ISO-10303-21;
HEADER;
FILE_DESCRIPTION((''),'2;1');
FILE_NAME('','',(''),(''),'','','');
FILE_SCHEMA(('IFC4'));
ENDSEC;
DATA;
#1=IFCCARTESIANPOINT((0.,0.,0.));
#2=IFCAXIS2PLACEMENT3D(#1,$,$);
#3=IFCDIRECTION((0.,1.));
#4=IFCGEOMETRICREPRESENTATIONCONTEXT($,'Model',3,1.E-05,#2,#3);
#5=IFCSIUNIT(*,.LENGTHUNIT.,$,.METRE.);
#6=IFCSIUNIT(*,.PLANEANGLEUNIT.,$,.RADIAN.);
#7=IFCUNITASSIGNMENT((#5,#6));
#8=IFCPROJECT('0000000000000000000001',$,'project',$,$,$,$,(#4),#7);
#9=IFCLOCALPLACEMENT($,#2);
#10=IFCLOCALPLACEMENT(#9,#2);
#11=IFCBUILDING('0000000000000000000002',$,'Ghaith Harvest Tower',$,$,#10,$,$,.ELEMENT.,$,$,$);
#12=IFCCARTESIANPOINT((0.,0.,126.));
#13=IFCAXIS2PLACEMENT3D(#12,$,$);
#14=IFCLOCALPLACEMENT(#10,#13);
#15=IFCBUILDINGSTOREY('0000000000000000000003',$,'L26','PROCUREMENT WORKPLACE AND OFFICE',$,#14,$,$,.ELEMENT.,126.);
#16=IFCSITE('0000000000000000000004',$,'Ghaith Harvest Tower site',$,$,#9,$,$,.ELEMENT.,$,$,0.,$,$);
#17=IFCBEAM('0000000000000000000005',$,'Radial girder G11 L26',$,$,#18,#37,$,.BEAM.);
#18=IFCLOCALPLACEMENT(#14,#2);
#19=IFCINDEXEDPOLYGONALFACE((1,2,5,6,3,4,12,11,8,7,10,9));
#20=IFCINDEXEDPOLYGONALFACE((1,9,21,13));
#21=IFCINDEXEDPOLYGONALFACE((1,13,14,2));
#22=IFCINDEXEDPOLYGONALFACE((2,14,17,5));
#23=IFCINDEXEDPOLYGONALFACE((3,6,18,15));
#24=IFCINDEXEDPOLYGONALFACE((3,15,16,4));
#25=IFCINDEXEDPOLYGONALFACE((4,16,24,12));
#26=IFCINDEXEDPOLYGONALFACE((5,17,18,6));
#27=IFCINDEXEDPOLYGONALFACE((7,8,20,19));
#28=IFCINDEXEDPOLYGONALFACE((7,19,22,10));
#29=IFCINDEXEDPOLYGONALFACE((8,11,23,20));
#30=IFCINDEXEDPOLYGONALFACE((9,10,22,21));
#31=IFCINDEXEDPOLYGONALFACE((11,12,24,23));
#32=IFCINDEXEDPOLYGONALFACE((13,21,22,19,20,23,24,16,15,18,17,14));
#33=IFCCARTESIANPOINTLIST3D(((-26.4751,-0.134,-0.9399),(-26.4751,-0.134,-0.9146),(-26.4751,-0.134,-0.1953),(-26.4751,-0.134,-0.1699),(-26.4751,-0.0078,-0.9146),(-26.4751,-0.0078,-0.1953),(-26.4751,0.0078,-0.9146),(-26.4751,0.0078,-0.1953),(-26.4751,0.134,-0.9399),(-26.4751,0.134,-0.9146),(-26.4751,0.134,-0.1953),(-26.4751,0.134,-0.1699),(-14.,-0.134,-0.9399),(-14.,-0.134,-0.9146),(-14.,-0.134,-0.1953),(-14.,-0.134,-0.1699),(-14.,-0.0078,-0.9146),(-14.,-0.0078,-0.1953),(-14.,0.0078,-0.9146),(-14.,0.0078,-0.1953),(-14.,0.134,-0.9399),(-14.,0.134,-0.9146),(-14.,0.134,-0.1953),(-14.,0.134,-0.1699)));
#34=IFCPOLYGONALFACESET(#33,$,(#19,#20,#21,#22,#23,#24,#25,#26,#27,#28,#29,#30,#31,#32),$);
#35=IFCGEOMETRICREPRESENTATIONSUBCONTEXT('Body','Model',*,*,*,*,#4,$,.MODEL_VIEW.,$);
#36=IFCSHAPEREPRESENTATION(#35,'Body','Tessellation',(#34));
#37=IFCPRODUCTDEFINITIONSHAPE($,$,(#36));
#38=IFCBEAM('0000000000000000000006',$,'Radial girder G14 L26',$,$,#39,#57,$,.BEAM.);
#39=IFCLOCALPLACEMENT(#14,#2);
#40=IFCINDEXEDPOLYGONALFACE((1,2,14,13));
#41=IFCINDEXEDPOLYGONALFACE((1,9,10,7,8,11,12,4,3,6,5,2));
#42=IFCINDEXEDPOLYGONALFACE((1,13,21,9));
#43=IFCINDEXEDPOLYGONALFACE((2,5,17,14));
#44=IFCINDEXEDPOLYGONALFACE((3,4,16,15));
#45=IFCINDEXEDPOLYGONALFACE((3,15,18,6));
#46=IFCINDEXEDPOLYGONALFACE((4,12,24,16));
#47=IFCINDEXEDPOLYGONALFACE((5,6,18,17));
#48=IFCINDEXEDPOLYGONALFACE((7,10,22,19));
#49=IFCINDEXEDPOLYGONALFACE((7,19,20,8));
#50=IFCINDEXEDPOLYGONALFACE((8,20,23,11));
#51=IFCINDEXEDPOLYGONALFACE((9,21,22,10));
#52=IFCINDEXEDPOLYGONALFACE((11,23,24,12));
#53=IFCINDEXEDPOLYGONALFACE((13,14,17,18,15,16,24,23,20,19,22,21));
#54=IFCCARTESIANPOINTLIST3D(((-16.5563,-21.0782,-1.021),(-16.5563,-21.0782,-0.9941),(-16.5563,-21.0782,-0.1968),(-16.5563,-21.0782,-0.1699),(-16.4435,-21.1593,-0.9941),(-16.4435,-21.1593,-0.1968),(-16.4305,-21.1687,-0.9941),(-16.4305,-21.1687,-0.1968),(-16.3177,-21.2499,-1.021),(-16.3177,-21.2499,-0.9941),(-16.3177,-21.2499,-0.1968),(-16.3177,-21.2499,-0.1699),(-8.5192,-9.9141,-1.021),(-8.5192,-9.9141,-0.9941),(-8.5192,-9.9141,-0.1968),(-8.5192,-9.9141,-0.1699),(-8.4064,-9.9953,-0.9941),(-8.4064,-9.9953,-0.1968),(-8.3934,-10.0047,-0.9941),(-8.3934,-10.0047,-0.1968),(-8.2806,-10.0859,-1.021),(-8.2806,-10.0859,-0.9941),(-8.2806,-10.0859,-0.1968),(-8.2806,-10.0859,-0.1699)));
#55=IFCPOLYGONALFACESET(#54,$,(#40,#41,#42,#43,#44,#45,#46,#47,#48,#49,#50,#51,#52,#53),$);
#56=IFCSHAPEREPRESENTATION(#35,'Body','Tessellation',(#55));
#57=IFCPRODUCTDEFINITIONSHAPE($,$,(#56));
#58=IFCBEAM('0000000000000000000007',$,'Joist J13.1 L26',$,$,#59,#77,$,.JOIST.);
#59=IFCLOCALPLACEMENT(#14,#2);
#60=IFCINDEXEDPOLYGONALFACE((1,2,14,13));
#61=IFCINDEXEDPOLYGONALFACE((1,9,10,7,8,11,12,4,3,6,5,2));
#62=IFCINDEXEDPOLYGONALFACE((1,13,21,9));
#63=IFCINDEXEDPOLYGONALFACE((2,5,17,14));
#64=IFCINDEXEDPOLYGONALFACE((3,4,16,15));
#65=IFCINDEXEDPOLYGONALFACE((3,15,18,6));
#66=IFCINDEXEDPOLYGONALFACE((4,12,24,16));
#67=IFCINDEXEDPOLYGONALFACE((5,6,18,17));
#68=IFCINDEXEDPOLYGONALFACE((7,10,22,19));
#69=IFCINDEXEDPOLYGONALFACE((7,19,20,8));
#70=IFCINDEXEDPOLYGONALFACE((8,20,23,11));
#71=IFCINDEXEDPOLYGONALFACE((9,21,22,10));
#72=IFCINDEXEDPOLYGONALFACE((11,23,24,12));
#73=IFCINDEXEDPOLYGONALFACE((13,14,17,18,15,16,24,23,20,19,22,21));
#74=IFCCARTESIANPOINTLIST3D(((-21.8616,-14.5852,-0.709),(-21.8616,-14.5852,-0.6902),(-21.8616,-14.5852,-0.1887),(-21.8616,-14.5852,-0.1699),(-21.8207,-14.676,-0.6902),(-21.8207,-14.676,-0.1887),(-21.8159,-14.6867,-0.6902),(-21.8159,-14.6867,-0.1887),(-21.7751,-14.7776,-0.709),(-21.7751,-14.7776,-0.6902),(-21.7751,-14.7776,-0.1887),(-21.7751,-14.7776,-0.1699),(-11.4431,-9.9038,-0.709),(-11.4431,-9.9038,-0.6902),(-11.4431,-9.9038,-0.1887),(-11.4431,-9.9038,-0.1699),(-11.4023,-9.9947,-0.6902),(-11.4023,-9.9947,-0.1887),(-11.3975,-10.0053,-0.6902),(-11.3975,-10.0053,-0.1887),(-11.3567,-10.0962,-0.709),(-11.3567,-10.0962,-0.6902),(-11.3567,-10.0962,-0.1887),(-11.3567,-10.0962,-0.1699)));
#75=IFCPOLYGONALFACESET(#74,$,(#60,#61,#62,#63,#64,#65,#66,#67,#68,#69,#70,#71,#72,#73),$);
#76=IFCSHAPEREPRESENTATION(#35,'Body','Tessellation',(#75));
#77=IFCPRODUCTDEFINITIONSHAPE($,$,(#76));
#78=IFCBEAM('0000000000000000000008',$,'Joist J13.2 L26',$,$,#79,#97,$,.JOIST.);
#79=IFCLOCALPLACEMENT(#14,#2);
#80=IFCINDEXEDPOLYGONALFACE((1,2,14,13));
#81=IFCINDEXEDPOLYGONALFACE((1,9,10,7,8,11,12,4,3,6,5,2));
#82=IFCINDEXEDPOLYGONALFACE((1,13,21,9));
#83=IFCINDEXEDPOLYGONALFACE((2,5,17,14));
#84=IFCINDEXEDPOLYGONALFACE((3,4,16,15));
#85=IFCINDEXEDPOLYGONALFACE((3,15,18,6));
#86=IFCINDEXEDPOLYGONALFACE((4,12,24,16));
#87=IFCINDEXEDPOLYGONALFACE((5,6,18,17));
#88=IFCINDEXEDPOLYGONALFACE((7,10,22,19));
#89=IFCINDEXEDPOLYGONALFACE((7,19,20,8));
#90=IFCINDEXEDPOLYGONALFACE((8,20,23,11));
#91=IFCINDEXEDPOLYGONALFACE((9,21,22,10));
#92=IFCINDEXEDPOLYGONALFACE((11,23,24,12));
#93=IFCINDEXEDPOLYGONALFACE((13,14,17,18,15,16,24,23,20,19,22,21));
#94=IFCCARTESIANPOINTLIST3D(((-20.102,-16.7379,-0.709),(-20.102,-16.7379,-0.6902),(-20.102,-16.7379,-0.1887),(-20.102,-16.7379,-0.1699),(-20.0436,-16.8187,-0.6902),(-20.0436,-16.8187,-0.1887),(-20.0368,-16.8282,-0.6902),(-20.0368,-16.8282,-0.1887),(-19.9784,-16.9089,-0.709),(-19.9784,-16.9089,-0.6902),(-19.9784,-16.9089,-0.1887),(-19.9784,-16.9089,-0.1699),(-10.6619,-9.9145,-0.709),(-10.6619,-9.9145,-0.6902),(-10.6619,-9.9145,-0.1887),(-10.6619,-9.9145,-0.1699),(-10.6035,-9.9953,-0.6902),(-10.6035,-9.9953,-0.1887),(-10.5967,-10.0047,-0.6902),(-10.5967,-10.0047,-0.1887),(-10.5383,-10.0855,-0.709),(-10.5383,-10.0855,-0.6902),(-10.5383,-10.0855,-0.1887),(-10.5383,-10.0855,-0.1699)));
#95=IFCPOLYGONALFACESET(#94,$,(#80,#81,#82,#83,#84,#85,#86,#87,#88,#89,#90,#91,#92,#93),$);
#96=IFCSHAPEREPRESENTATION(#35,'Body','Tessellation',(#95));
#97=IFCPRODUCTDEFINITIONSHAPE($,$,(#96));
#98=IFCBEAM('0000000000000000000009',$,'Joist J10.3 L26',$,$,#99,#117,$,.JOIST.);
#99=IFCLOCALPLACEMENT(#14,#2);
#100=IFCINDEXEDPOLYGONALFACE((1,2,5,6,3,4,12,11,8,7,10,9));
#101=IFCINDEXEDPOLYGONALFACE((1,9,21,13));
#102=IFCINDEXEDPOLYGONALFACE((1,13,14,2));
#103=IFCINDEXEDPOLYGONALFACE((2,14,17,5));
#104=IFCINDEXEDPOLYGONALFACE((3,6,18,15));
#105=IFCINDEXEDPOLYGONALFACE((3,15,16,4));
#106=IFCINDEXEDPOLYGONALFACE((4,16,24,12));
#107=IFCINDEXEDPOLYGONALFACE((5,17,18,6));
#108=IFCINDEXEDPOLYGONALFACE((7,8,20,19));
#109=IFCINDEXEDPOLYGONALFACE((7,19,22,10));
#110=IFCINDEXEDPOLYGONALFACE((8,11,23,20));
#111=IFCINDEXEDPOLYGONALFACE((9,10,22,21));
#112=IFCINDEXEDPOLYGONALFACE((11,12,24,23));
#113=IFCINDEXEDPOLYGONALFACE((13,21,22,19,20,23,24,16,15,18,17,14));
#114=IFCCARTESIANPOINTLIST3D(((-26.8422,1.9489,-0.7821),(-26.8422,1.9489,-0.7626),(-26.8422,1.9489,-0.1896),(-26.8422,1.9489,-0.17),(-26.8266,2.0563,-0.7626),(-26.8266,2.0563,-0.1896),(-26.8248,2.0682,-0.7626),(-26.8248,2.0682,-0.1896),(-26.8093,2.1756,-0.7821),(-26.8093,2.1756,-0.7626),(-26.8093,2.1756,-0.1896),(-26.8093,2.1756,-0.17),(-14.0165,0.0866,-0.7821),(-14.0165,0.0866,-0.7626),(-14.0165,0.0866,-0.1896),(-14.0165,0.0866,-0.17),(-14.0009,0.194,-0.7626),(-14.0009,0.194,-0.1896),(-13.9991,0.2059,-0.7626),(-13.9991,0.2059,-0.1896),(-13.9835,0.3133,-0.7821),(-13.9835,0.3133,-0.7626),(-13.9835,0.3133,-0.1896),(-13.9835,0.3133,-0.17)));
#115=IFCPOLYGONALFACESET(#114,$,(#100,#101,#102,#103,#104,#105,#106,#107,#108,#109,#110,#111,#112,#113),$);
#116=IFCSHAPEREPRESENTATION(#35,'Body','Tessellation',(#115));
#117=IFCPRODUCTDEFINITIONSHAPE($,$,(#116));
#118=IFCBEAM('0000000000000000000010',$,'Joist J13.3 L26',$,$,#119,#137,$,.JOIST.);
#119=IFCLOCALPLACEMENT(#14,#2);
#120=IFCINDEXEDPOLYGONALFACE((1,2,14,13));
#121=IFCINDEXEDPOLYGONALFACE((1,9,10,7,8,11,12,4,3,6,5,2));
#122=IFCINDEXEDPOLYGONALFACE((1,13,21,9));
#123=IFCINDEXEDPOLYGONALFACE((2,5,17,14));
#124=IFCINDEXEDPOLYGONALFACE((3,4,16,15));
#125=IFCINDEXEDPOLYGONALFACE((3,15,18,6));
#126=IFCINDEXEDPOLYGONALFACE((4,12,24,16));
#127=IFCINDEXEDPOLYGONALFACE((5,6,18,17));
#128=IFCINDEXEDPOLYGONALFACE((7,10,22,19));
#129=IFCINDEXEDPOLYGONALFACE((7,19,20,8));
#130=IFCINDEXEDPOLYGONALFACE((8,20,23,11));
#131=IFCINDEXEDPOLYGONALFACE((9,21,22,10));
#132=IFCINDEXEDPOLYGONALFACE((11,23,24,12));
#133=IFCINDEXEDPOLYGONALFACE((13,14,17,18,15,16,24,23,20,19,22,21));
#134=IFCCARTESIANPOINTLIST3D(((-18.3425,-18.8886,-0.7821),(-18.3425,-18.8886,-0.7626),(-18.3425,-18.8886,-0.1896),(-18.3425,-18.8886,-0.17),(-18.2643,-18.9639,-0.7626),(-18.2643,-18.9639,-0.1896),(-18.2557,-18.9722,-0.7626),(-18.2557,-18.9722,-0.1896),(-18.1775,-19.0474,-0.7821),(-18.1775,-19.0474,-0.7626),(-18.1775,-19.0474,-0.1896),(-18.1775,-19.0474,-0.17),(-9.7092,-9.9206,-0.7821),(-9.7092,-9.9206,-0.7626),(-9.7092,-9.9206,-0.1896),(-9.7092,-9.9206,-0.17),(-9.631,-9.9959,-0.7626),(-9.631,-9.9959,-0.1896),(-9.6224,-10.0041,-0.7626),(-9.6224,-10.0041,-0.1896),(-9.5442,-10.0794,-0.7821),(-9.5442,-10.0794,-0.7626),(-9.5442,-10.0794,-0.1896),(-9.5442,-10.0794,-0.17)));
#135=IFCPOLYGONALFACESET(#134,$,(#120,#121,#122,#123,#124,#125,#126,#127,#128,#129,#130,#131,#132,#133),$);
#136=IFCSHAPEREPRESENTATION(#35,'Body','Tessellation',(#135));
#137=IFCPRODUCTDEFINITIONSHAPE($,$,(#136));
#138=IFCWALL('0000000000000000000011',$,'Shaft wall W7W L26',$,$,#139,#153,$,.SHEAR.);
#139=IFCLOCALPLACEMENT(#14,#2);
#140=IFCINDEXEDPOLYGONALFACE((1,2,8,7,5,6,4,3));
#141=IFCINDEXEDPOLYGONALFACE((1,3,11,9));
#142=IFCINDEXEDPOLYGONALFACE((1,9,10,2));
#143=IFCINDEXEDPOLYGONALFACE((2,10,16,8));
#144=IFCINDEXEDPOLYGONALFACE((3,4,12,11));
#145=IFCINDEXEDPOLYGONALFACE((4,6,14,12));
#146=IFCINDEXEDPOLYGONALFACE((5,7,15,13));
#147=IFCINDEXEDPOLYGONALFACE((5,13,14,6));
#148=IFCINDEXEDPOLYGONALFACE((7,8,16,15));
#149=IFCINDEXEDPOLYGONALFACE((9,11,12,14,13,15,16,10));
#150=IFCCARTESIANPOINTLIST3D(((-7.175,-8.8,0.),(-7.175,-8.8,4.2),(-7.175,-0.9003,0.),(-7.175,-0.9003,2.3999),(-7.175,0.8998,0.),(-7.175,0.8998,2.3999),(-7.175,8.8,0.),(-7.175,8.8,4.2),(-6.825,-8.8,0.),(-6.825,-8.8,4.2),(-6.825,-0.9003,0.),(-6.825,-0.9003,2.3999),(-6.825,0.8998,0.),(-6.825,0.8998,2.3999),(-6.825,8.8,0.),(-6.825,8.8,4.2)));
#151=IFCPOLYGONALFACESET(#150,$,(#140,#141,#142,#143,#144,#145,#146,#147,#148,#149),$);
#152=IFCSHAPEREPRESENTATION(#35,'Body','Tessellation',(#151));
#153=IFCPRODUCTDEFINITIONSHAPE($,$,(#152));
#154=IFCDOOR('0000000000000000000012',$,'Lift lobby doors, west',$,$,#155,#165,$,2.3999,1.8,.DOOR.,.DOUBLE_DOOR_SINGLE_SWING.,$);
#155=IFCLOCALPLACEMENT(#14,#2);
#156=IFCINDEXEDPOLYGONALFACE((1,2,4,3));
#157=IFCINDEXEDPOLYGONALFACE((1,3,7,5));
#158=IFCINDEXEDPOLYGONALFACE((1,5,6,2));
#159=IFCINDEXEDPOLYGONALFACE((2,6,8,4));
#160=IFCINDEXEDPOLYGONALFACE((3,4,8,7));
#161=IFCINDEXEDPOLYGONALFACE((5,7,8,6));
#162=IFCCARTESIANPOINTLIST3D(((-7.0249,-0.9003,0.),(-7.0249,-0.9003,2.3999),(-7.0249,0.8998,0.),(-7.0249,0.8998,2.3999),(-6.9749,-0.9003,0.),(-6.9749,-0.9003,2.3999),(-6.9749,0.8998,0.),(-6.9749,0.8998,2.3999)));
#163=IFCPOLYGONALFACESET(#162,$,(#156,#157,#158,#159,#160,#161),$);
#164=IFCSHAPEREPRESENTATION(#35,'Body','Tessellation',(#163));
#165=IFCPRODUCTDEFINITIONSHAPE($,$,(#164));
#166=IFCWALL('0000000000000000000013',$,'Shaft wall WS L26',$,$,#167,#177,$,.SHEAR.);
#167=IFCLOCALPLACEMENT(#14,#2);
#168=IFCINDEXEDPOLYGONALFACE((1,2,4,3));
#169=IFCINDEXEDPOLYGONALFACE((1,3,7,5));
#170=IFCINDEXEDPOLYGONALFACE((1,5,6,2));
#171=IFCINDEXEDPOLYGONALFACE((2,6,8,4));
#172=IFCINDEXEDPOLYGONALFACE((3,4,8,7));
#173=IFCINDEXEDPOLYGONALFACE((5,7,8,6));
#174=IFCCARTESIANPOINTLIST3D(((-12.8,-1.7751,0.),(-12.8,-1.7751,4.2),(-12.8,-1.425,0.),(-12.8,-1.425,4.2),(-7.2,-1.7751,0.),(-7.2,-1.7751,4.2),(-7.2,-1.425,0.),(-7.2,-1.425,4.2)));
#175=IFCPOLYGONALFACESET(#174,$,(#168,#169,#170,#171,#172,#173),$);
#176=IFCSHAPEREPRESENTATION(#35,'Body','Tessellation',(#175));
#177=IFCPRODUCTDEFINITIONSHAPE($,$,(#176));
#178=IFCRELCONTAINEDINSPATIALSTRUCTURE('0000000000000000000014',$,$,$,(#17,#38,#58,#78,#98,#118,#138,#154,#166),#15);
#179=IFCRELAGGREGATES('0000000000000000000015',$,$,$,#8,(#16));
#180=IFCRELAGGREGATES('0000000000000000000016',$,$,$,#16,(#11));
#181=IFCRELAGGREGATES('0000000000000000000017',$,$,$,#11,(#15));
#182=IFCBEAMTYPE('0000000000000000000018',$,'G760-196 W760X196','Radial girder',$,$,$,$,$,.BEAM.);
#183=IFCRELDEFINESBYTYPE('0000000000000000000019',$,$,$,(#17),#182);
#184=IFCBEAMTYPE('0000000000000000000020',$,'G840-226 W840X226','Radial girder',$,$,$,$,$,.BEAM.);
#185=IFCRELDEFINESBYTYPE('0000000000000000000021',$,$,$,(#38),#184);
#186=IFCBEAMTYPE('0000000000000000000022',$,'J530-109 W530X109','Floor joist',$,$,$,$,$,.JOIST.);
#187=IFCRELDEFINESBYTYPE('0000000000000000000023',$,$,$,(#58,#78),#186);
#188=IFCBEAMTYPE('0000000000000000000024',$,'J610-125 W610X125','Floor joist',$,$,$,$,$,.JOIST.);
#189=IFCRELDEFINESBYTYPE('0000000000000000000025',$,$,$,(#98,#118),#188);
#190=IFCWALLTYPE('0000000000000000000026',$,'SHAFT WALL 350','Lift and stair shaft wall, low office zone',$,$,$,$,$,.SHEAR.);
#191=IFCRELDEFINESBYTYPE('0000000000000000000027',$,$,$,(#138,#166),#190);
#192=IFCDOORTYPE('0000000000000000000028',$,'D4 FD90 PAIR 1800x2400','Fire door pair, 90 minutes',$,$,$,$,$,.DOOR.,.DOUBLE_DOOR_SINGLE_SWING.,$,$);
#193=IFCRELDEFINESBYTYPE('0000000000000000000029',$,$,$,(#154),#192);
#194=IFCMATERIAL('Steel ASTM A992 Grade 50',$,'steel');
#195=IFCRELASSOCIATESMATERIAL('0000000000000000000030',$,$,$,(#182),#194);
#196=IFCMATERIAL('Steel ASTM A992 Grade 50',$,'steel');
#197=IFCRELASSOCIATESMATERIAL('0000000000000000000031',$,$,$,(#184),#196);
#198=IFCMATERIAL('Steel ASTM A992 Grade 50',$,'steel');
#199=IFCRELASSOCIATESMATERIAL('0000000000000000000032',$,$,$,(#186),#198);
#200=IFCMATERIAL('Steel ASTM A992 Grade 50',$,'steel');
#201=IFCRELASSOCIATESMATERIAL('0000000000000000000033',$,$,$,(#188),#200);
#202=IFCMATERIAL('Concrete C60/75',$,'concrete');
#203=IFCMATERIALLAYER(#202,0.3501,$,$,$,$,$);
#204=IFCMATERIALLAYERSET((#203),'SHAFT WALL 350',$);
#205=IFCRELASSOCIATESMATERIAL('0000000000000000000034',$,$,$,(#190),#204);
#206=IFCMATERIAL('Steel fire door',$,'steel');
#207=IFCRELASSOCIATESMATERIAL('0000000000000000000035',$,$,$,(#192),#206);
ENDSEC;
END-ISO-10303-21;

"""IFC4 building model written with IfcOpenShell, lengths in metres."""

from ifc_helpers import new_model, si_unit, direction, frame, frame_2d, origin, origin_2d, place, context, subcontext, project, spatial, rectangle, i_section, extrude, material, layer, layer_set, material_profile, profile_set, type_object, element, fill, save


model = new_model("IFC4")

# Units and contexts
model_context = context("Model", 3, precision=1e-05, world=origin(), true_north=direction((0.0, 1.0)))
body_context = subcontext(model_context, "Body", "Model", "MODEL_VIEW")
ifc_project = project(units=[si_unit("LENGTHUNIT", "METRE"), si_unit("PLANEANGLEUNIT", "RADIAN")], contexts=[model_context])

# Site, building, storey
site_placement = place(None, origin())
site = spatial("IfcSite", under=ifc_project, at=site_placement, Name="Ghaith Harvest Tower site", CompositionType="ELEMENT", RefElevation=0.0)
building_placement = place(site_placement, origin())
building = spatial("IfcBuilding", under=site, at=building_placement, Name="Ghaith Harvest Tower", CompositionType="ELEMENT")
storey_placement = place(building_placement, frame((0.0, 0.0, 126.0)))
storey = spatial("IfcBuildingStorey", under=building, at=storey_placement, Name="L26", Description="PROCUREMENT WORKPLACE AND OFFICE", CompositionType="ELEMENT", Elevation=126.0)

# Beams
ifc_material_1 = material(Name="Steel ASTM A992 Grade 50", Category="steel")
ifc_material_profile_1 = material_profile(ifc_material_1, i_section(OverallWidth=0.2681, OverallDepth=0.77, WebThickness=0.0156, FlangeThickness=0.0254, at=origin_2d()), Name="W760X196")
ifc_profile_set_1 = profile_set([ifc_material_profile_1], Name="Steel ASTM A992 Grade 50")
beam_type_1 = type_object("IfcBeamType", Name="G760-196 W760X196", Description="Radial girder", PredefinedType="BEAM", material=ifc_profile_set_1)
beam_1_placement = place(storey_placement, frame((-14.0, 0.0, -0.5549), z_axis=(-1.0, 0.0, 0.0), x_axis=(0.0, -1.0, 0.0)))
element("IfcBeam", 1, at=beam_1_placement, inside=storey, type_object=beam_type_1, Name="Radial girder G11 L26", PredefinedType="BEAM", context=body_context, shape_type="SweptSolid", body=[
    extrude(i_section(OverallWidth=0.2681, OverallDepth=0.77, WebThickness=0.0156, FlangeThickness=0.0254, at=origin_2d()), origin(), (0.0, 0.0, 1.0), 12.4751),
])
ifc_material_2 = material(Name="Steel ASTM A992 Grade 50", Category="steel")
ifc_material_profile_2 = material_profile(ifc_material_2, i_section(OverallWidth=0.2939, OverallDepth=0.8511, WebThickness=0.0161, FlangeThickness=0.0269, at=origin_2d()), Name="W840X226")
ifc_profile_set_2 = profile_set([ifc_material_profile_2], Name="Steel ASTM A992 Grade 50")
beam_type_2 = type_object("IfcBeamType", Name="G840-226 W840X226", Description="Radial girder", PredefinedType="BEAM", material=ifc_profile_set_2)
beam_2_placement = place(storey_placement, frame((-8.3999, -10.0, -0.5955), z_axis=(-0.584256, -0.811569, 0.0), x_axis=(0.811569, -0.584256, 0.0)))
element("IfcBeam", 2, at=beam_2_placement, inside=storey, type_object=beam_type_2, Name="Radial girder G14 L26", PredefinedType="BEAM", context=body_context, shape_type="SweptSolid", body=[
    extrude(i_section(OverallWidth=0.2939, OverallDepth=0.8511, WebThickness=0.0161, FlangeThickness=0.0269, at=origin_2d()), origin(), (0.0, 0.0, 1.0), 13.7561),
])
ifc_material_3 = material(Name="Steel ASTM A992 Grade 50", Category="steel")
ifc_material_profile_3 = material_profile(ifc_material_3, i_section(OverallWidth=0.2109, OverallDepth=0.5391, WebThickness=0.0117, FlangeThickness=0.0188, at=origin_2d()), Name="W530X109")
ifc_profile_set_3 = profile_set([ifc_material_profile_3], Name="Steel ASTM A992 Grade 50")
beam_type_3 = type_object("IfcBeamType", Name="J530-109 W530X109", Description="Floor joist", PredefinedType="JOIST", material=ifc_profile_set_3)
beam_3_placement = place(storey_placement, frame((-11.3999, -10.0, -0.4395), z_axis=(-0.912148, -0.409862, 0.0), x_axis=(0.409862, -0.912148, 0.0)))
element("IfcBeam", 3, at=beam_3_placement, inside=storey, type_object=beam_type_3, Name="Joist J13.1 L26", PredefinedType="JOIST", context=body_context, shape_type="SweptSolid", body=[
    extrude(i_section(OverallWidth=0.2109, OverallDepth=0.5391, WebThickness=0.0117, FlangeThickness=0.0188, at=origin_2d()), origin(), (0.0, 0.0, 1.0), 11.4219),
])
beam_4_placement = place(storey_placement, frame((-10.6001, -10.0, -0.4395), z_axis=(-0.810452, -0.585805, 0.0), x_axis=(0.585805, -0.810452, 0.0)))
element("IfcBeam", 4, at=beam_4_placement, inside=storey, type_object=beam_type_3, Name="Joist J13.2 L26", PredefinedType="JOIST", context=body_context, shape_type="SweptSolid", body=[
    extrude(i_section(OverallWidth=0.2109, OverallDepth=0.5391, WebThickness=0.0117, FlangeThickness=0.0188, at=origin_2d()), origin(), (0.0, 0.0, 1.0), 11.6479),
])
ifc_material_4 = material(Name="Steel ASTM A992 Grade 50", Category="steel")
ifc_material_profile_4 = material_profile(ifc_material_4, i_section(OverallWidth=0.229, OverallDepth=0.6121, WebThickness=0.012, FlangeThickness=0.0195, at=origin_2d()), Name="W610X125")
ifc_profile_set_4 = profile_set([ifc_material_profile_4], Name="Steel ASTM A992 Grade 50")
beam_type_4 = type_object("IfcBeamType", Name="J610-125 W610X125", Description="Floor joist", PredefinedType="JOIST", material=ifc_profile_set_4)
beam_5_placement = place(storey_placement, frame((-14.0, 0.2, -0.4761), z_axis=(-0.989622, 0.143694, 0.0), x_axis=(-0.143694, -0.989622, 0.0)))
element("IfcBeam", 5, at=beam_5_placement, inside=storey, type_object=beam_type_4, Name="Joist J10.3 L26", PredefinedType="JOIST", context=body_context, shape_type="SweptSolid", body=[
    extrude(i_section(OverallWidth=0.229, OverallDepth=0.6121, WebThickness=0.012, FlangeThickness=0.0195, at=origin_2d()), origin(), (0.0, 0.0, 1.0), 12.9602),
])
beam_6_placement = place(storey_placement, frame((-9.6267, -10.0, -0.4761), z_axis=(-0.693535, -0.720423, 0.0), x_axis=(0.720423, -0.693535, 0.0)))
element("IfcBeam", 6, at=beam_6_placement, inside=storey, type_object=beam_type_4, Name="Joist J13.3 L26", PredefinedType="JOIST", context=body_context, shape_type="SweptSolid", body=[
    extrude(i_section(OverallWidth=0.229, OverallDepth=0.6121, WebThickness=0.012, FlangeThickness=0.0195, at=origin_2d()), origin(), (0.0, 0.0, 1.0), 12.4482),
])

# Wall, opening, door
ifc_material_5 = material(Name="Concrete C60/75", Category="concrete")
ifc_layer_1 = layer(ifc_material_5, 0.3501)
ifc_layer_set_1 = layer_set([ifc_layer_1], Name="SHAFT WALL 350")
wall_type_1 = type_object("IfcWallType", Name="SHAFT WALL 350", Description="Lift and stair shaft wall, low office zone", PredefinedType="SHEAR", material=ifc_layer_set_1)
wall_1_placement = place(storey_placement, frame((-7.0, -8.8, 0.0), z_axis=(0.0, 0.0, 1.0), x_axis=(0.0, 1.0, 0.0)))
wall_1 = element("IfcWall", 7, at=wall_1_placement, inside=storey, type_object=wall_type_1, Name="Shaft wall W7W L26", PredefinedType="SHEAR", context=body_context, shape_type="SweptSolid", body=[
    extrude(rectangle(XDim=17.6001, YDim=0.3501, at=frame_2d((8.8, 0.0))), origin(), (0.0, 0.0, 1.0), 4.2),
])
opening_placement = place(wall_1_placement, frame((7.8999, 0.0, 0.0)))
opening = element("IfcOpeningElement", 8, at=opening_placement, cuts=wall_1, PredefinedType="OPENING", context=body_context, shape_type="SweptSolid", body=[
    extrude(rectangle(XDim=1.8, YDim=2.3999, at=frame_2d((0.8999, 1.2))), frame((0.0, 0.1851, 0.0), z_axis=(0.0, -1.0, 0.0), x_axis=(1.0, 0.0, 0.0)), (0.0, 0.0, 1.0), 0.3701),
])
ifc_material_6 = material(Name="Steel fire door", Category="steel")
door_type = type_object("IfcDoorType", Name="D4 FD90 PAIR 1800x2400", Description="Fire door pair, 90 minutes", OperationType="DOUBLE_DOOR_SINGLE_SWING", PredefinedType="DOOR", material=ifc_material_6)
door_placement = place(opening_placement, origin())
door = element("IfcDoor", 9, at=door_placement, inside=storey, type_object=door_type, Name="Lift lobby doors, west", OperationType="DOUBLE_DOOR_SINGLE_SWING", OverallHeight=2.3999, OverallWidth=1.8, PredefinedType="DOOR", context=body_context, shape_type="SweptSolid", body=[
    extrude(rectangle(XDim=1.8, YDim=2.3999, at=frame_2d((0.8999, 1.2))), frame((0.0, 0.0249, 0.0), z_axis=(0.0, -1.0, 0.0), x_axis=(1.0, 0.0, 0.0)), (0.0, 0.0, 1.0), 0.05),
])
fill(opening, door)

# Wall
wall_2_placement = place(storey_placement, frame((-12.8, -1.6001, 0.0), z_axis=(0.0, 0.0, 1.0), x_axis=(1.0, 0.0, 0.0)))
element("IfcWall", 10, at=wall_2_placement, inside=storey, type_object=wall_type_1, Name="Shaft wall WS L26", PredefinedType="SHEAR", context=body_context, shape_type="SweptSolid", body=[
    extrude(rectangle(XDim=5.6001, YDim=0.3501, at=frame_2d((2.8, 0.0))), origin(), (0.0, 0.0, 1.0), 4.2),
])

save(model, "model.ifc")
